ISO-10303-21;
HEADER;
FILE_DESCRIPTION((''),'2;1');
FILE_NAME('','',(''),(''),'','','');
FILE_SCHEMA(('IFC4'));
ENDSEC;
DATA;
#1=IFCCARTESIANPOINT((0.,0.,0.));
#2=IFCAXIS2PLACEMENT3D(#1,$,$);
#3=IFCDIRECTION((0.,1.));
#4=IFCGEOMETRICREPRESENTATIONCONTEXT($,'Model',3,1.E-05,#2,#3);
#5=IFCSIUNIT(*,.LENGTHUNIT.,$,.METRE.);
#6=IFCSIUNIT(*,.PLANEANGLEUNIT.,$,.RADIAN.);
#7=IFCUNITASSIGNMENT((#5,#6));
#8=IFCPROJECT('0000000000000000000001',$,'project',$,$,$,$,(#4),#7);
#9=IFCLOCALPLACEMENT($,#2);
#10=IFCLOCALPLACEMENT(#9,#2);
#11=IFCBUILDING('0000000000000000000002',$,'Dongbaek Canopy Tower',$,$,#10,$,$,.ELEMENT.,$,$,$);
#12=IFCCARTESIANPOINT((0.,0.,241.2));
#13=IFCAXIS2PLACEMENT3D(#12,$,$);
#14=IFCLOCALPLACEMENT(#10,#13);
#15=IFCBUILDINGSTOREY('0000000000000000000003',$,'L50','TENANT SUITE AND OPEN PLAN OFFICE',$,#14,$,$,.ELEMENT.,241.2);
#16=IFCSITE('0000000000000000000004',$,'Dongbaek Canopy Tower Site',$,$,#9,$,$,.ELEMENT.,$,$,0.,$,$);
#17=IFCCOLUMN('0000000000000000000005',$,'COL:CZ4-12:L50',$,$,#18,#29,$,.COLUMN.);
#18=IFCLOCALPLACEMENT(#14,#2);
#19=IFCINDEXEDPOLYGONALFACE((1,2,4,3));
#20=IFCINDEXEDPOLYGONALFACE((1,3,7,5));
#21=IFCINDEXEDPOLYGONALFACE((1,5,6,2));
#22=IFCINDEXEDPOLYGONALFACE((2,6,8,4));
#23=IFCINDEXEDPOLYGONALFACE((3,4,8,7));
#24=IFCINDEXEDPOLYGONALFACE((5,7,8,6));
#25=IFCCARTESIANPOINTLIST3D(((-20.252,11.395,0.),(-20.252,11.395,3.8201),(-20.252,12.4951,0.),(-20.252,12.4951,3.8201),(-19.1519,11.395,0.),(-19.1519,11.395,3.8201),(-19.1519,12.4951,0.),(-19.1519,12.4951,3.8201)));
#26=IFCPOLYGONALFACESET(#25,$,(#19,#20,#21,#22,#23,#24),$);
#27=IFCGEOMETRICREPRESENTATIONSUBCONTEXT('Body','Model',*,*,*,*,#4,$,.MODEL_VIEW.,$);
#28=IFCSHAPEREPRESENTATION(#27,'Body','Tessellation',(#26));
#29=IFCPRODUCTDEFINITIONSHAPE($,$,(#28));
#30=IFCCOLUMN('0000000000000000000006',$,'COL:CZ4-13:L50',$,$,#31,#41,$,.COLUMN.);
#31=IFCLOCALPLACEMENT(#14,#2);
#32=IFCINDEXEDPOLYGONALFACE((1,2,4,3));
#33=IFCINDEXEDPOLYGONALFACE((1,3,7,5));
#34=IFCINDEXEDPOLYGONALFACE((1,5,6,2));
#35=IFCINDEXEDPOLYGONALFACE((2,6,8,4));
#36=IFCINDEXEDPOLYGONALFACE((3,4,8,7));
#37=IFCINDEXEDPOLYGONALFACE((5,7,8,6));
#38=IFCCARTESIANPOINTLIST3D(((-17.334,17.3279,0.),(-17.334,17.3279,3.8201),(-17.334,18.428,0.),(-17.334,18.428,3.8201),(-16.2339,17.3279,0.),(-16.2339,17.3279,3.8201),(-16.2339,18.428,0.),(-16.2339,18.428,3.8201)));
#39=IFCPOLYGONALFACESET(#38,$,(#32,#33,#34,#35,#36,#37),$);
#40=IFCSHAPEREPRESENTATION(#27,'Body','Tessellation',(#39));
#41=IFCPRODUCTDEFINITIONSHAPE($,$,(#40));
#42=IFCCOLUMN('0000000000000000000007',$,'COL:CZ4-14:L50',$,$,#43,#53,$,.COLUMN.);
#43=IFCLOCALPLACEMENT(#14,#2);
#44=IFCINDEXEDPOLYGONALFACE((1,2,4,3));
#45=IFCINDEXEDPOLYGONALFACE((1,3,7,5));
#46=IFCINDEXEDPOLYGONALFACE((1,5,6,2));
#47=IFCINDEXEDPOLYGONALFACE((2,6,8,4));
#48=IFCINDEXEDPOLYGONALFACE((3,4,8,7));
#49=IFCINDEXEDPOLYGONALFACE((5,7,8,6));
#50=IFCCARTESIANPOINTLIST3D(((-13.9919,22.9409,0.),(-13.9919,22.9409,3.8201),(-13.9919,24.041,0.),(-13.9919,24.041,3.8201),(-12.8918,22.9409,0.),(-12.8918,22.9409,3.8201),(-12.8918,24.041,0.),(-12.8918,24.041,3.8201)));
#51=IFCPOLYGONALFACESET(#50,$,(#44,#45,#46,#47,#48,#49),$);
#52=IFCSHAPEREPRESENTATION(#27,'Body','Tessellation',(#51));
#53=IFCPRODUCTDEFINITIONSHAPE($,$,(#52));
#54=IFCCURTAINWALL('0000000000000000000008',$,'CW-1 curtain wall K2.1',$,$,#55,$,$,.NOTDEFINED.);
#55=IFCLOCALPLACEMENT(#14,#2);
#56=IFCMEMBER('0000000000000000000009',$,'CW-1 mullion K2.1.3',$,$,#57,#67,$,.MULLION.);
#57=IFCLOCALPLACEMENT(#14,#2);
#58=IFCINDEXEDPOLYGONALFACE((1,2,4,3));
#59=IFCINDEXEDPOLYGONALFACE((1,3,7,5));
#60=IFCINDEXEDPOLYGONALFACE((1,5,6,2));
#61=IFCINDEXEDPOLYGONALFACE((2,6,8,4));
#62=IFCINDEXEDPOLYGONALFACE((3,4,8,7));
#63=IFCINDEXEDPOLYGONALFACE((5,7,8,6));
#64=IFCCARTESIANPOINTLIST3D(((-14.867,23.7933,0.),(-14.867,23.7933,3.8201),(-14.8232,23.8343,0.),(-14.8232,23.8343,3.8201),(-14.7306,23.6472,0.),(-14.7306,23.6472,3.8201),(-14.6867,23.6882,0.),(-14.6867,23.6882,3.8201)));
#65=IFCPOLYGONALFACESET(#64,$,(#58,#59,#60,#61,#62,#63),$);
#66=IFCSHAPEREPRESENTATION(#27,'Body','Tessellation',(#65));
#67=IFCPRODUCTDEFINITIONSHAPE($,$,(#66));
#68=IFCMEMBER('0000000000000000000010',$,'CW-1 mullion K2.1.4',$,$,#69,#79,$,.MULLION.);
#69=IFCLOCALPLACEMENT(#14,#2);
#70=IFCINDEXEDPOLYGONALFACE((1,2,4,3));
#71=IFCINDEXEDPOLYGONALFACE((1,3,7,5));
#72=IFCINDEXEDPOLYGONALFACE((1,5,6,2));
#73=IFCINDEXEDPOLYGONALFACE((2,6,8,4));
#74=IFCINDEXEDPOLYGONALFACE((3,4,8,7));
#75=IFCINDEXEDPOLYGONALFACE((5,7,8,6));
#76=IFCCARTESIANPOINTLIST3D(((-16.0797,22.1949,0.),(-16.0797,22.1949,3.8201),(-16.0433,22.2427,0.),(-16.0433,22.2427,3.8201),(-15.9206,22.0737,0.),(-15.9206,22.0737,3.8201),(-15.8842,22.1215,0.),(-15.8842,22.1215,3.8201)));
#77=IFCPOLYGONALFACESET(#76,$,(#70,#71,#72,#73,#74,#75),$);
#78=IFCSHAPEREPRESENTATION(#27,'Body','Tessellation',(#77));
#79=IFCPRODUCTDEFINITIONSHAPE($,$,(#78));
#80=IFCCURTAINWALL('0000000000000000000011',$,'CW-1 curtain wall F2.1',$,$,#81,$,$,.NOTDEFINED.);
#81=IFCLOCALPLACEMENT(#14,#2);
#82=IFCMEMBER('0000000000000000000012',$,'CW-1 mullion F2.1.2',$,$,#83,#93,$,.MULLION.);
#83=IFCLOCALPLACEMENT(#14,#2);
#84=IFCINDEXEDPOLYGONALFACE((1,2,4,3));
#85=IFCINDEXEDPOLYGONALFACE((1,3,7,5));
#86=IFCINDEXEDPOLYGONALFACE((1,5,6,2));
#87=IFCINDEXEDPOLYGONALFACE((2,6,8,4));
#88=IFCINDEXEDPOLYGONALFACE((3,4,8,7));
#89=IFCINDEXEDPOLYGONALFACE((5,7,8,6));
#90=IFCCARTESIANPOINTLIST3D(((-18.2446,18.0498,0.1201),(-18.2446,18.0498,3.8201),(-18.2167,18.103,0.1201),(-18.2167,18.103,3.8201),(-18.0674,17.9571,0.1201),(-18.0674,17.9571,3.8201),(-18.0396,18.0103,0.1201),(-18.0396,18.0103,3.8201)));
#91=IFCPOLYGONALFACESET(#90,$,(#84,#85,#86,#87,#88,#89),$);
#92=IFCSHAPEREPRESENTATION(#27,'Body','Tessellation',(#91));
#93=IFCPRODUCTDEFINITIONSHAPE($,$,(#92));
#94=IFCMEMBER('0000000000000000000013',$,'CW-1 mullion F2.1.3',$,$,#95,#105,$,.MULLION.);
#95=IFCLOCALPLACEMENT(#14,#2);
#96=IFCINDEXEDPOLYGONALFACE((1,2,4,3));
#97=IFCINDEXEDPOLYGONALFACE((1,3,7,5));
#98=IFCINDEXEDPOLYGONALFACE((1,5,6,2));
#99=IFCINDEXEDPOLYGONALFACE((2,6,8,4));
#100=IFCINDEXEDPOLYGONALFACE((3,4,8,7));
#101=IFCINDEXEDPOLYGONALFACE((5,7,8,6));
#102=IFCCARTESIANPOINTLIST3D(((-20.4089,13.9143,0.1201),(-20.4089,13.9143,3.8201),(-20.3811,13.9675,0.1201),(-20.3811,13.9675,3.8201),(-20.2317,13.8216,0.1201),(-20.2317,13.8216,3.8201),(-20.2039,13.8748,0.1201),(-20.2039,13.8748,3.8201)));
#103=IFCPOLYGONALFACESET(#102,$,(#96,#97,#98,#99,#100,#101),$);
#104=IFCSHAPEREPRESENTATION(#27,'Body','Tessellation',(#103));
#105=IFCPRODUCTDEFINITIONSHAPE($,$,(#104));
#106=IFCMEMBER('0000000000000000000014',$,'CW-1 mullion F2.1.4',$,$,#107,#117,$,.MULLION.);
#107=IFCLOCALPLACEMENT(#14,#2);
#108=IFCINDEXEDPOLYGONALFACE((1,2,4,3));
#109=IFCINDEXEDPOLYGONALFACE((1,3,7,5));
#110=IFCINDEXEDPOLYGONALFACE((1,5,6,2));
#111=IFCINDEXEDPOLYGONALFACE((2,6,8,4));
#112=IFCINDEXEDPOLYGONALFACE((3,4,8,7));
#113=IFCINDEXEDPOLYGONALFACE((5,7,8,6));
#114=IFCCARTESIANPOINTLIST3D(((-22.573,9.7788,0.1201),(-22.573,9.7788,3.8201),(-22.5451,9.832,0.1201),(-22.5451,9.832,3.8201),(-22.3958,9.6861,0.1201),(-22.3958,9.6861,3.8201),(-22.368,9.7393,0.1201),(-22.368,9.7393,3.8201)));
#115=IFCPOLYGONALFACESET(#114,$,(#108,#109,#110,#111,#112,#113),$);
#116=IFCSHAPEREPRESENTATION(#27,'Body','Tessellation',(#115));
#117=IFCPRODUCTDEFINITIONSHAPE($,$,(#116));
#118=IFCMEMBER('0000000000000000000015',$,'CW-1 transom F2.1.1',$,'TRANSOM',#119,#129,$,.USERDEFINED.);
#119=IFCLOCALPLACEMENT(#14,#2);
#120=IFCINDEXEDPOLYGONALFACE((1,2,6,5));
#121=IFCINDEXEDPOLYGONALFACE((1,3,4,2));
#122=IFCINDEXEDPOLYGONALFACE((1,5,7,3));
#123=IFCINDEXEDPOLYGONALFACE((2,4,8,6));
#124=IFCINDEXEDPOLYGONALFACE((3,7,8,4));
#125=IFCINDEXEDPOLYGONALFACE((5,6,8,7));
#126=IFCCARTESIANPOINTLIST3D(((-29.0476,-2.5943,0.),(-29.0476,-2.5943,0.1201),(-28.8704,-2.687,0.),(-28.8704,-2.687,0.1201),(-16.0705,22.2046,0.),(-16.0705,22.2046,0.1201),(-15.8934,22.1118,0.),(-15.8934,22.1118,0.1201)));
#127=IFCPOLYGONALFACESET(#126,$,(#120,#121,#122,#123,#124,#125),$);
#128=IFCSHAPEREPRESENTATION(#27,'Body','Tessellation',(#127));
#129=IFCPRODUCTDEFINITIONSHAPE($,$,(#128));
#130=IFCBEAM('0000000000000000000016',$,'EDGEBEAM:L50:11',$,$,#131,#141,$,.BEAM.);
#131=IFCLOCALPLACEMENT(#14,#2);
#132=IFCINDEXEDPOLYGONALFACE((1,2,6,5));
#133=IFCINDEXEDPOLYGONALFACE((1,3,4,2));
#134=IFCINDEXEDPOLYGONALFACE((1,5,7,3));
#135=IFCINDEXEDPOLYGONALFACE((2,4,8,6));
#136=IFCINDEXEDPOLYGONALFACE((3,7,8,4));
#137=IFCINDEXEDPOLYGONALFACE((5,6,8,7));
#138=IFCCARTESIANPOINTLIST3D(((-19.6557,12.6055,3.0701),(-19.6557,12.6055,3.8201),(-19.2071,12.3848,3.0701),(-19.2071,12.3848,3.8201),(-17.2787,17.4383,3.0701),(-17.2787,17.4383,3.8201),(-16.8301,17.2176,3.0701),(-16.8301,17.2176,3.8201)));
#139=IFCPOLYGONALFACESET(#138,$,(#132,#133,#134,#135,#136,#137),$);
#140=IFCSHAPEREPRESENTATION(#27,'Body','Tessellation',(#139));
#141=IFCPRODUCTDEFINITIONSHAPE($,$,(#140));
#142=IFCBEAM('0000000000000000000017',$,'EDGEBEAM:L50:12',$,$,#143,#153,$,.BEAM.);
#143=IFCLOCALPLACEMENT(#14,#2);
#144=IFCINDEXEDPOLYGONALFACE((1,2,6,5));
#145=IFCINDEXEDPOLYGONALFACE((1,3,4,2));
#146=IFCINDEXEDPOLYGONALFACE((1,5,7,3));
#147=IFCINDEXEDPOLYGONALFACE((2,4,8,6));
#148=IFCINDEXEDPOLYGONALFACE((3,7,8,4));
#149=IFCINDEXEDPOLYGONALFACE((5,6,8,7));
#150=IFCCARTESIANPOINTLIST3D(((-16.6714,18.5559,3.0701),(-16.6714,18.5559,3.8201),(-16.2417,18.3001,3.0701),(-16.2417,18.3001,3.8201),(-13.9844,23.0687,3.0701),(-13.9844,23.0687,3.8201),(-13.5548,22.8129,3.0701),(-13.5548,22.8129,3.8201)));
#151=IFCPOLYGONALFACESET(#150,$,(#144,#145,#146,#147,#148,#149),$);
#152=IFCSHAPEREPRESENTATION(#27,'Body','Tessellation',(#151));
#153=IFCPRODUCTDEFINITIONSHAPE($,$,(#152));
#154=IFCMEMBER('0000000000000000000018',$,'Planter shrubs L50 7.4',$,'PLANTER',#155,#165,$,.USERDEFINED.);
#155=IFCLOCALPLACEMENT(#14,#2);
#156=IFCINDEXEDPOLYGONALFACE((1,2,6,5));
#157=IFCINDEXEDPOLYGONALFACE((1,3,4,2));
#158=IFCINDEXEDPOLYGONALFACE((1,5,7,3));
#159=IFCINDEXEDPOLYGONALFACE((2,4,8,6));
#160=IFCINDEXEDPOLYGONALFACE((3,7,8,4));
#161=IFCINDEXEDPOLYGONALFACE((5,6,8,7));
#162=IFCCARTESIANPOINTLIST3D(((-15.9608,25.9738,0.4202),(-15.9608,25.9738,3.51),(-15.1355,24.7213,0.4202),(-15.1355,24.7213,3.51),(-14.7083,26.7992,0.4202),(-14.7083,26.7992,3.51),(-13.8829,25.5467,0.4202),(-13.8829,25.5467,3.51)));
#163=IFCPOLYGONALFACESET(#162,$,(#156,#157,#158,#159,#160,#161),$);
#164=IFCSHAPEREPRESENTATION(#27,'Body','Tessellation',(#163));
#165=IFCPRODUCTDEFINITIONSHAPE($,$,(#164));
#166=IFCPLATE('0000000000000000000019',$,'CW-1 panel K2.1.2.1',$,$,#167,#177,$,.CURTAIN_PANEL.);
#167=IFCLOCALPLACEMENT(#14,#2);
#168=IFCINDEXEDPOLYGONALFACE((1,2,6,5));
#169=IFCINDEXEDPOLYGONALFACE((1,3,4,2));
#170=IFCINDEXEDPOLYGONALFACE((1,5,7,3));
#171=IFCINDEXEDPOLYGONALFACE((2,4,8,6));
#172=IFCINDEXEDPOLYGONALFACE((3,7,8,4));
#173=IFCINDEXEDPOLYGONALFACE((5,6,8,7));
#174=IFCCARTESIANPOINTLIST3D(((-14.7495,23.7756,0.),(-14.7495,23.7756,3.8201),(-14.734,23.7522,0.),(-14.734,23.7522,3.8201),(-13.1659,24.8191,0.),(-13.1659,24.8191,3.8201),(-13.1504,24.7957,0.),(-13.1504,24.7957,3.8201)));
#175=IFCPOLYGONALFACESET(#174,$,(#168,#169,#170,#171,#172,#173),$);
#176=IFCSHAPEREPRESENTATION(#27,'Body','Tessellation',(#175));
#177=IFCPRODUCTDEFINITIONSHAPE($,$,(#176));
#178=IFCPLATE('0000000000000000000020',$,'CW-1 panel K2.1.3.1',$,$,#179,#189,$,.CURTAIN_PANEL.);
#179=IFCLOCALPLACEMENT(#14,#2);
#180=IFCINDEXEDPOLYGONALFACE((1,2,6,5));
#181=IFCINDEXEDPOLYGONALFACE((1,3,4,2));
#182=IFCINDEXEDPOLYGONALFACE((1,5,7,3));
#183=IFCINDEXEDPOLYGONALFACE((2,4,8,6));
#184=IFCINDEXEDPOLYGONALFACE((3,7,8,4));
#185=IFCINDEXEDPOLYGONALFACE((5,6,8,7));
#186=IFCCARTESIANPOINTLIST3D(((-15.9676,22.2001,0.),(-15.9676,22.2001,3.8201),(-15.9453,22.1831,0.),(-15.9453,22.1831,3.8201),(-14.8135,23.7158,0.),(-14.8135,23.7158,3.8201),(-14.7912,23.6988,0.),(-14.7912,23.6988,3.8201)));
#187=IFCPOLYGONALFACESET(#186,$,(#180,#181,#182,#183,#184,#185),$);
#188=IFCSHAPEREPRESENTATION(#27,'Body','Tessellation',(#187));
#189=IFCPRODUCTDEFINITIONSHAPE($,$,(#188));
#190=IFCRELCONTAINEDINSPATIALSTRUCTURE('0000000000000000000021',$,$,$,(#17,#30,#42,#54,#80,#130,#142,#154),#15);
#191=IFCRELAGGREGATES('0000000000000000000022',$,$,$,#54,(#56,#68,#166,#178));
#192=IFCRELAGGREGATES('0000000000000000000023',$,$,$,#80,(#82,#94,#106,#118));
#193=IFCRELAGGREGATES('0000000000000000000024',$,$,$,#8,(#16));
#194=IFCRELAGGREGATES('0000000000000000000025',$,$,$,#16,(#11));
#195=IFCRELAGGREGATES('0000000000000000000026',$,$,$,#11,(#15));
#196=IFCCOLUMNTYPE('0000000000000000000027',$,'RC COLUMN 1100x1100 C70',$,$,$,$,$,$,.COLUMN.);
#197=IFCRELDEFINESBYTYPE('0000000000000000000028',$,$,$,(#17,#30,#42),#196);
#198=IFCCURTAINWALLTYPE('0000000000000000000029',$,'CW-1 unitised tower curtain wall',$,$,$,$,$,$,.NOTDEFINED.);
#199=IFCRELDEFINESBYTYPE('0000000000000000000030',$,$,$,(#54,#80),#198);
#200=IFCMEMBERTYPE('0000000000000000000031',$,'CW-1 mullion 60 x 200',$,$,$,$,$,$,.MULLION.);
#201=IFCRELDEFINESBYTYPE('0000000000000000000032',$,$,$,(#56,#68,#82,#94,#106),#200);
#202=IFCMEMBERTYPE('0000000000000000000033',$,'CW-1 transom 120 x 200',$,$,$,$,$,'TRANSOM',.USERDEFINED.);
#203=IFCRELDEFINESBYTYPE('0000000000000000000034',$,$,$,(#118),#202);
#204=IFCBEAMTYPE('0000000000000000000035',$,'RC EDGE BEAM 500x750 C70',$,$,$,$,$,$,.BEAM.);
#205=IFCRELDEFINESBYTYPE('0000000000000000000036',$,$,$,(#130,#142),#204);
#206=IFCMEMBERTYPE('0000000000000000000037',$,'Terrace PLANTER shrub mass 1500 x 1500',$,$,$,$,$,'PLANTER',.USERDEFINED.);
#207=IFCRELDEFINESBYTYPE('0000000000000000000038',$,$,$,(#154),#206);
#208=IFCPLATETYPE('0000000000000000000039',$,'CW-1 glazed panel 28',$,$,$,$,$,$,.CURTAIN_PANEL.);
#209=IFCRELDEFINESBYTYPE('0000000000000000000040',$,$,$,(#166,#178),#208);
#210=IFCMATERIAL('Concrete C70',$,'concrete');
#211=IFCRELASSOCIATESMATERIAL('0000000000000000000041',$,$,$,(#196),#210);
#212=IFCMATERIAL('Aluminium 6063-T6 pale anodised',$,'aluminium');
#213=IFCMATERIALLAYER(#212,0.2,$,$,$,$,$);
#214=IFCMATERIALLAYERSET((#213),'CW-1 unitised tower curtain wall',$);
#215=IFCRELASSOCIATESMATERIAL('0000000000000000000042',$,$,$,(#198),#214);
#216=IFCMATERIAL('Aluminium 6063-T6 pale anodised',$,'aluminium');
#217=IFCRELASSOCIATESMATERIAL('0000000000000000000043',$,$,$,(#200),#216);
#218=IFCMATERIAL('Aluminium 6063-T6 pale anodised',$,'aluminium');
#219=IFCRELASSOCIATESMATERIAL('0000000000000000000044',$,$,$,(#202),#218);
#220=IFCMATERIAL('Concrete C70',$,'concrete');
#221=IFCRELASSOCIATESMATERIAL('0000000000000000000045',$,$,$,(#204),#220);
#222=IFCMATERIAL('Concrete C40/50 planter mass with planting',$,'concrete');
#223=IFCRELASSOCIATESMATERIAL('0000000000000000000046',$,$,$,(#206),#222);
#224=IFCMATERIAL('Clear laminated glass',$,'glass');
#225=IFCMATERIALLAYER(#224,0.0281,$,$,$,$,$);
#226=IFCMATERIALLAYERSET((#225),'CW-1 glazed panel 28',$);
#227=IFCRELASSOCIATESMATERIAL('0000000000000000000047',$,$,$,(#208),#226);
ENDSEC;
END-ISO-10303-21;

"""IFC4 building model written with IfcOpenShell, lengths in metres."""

from ifc_helpers import new_model, si_unit, direction, frame, origin, origin_2d, place, context, subcontext, project, spatial, rectangle, extrude, material, layer, layer_set, material_profile, profile_set, type_object, element, aggregate, save


model = new_model("IFC4")

# Units and contexts
model_context = context("Model", 3, precision=1e-05, world=origin(), true_north=direction((0.0, 1.0)))
body_context = subcontext(model_context, "Body", "Model", "MODEL_VIEW")
ifc_project = project(units=[si_unit("LENGTHUNIT", "METRE"), si_unit("PLANEANGLEUNIT", "RADIAN")], contexts=[model_context])

# Site, building, storey
site_placement = place(None, origin())
site = spatial("IfcSite", under=ifc_project, at=site_placement, Name="Dongbaek Canopy Tower Site", CompositionType="ELEMENT", RefElevation=0.0)
building_placement = place(site_placement, origin())
building = spatial("IfcBuilding", under=site, at=building_placement, Name="Dongbaek Canopy Tower", CompositionType="ELEMENT")
storey_placement = place(building_placement, frame((0.0, 0.0, 241.2)))
storey = spatial("IfcBuildingStorey", under=building, at=storey_placement, Name="L50", Description="TENANT SUITE AND OPEN PLAN OFFICE", CompositionType="ELEMENT", Elevation=241.2)

# Columns
ifc_material_1 = material(Name="Concrete C70", Category="concrete")
ifc_material_profile_1 = material_profile(ifc_material_1, rectangle(XDim=1.1001, YDim=1.1001, at=origin_2d()), Name="RC COLUMN 1100x1100 C70")
ifc_profile_set_1 = profile_set([ifc_material_profile_1], Name="Concrete C70")
column_type = type_object("IfcColumnType", Name="RC COLUMN 1100x1100 C70", PredefinedType="COLUMN", material=ifc_profile_set_1)
for number, where, z_axis, x_axis, name in (
    (1, (-19.7019, 11.9451, 0.0), (0.0, 0.0, 1.0), (1.0, 0.0, 0.0), "COL:CZ4-12:L50"),
    (2, (-16.7839, 17.8779, 0.0), (0.0, 0.0, 1.0), (1.0, 0.0, 0.0), "COL:CZ4-13:L50"),
    (3, (-13.4419, 23.491, 0.0), (0.0, 0.0, 1.0), (1.0, 0.0, 0.0), "COL:CZ4-14:L50"),
):
    element("IfcColumn", number, at=place(storey_placement, frame(where, z_axis=z_axis, x_axis=x_axis)), inside=storey, type_object=column_type, Name=name, PredefinedType="COLUMN", context=body_context, shape_type="SweptSolid", body=[
        extrude(rectangle(XDim=1.1001, YDim=1.1001, at=origin_2d()), origin(), (0.0, 0.0, 1.0), 3.8201),
    ])

# Curtain walls, members
ifc_material_2 = material(Name="Aluminium 6063-T6 pale anodised", Category="aluminium")
ifc_layer_1 = layer(ifc_material_2, 0.2)
ifc_layer_set_1 = layer_set([ifc_layer_1], Name="CW-1 unitised tower curtain wall")
curtain_wall_type = type_object("IfcCurtainWallType", Name="CW-1 unitised tower curtain wall", PredefinedType="NOTDEFINED", material=ifc_layer_set_1)
curtain_wall_1_placement = place(storey_placement, origin())
curtain_wall_1 = element("IfcCurtainWall", 4, at=curtain_wall_1_placement, inside=storey, type_object=curtain_wall_type, Name="CW-1 curtain wall K2.1", PredefinedType="NOTDEFINED")
ifc_material_3 = material(Name="Aluminium 6063-T6 pale anodised", Category="aluminium")
ifc_material_profile_2 = material_profile(ifc_material_3, rectangle(XDim=0.2, YDim=0.0601, at=origin_2d()), Name="CW-1 mullion 60 x 200")
ifc_profile_set_2 = profile_set([ifc_material_profile_2], Name="Aluminium 6063-T6 pale anodised")
member_type_1 = type_object("IfcMemberType", Name="CW-1 mullion 60 x 200", PredefinedType="MULLION", material=ifc_profile_set_2)
member_1_placement = place(storey_placement, frame((-14.7769, 23.7407, 0.0), z_axis=(0.0, 0.0, 1.0), x_axis=(-0.682606, 0.730787, 0.0)))
member_1 = element("IfcMember", 5, at=member_1_placement, type_object=member_type_1, Name="CW-1 mullion K2.1.3", PredefinedType="MULLION", context=body_context, shape_type="SweptSolid", body=[
    extrude(rectangle(XDim=0.2, YDim=0.0601, at=origin_2d()), origin(), (0.0, 0.0, 1.0), 3.8201),
])
member_2_placement = place(storey_placement, frame((-15.9819, 22.1582, 0.0), z_axis=(0.0, 0.0, 1.0), x_axis=(-0.795605, 0.605816, 0.0)))
member_2 = element("IfcMember", 6, at=member_2_placement, type_object=member_type_1, Name="CW-1 mullion K2.1.4", PredefinedType="MULLION", context=body_context, shape_type="SweptSolid", body=[
    extrude(rectangle(XDim=0.2, YDim=0.0601, at=origin_2d()), origin(), (0.0, 0.0, 1.0), 3.8201),
])
curtain_wall_2_placement = place(storey_placement, origin())
curtain_wall_2 = element("IfcCurtainWall", 7, at=curtain_wall_2_placement, inside=storey, type_object=curtain_wall_type, Name="CW-1 curtain wall F2.1", PredefinedType="NOTDEFINED")
member_3_placement = place(storey_placement, frame((-18.1421, 18.03, 0.1201), z_axis=(0.0, 0.0, 1.0), x_axis=(-0.886019, 0.463649, 0.0)))
member_3 = element("IfcMember", 8, at=member_3_placement, type_object=member_type_1, Name="CW-1 mullion F2.1.2", PredefinedType="MULLION", context=body_context, shape_type="SweptSolid", body=[
    extrude(rectangle(XDim=0.2, YDim=0.0601, at=origin_2d()), origin(), (0.0, 0.0, 1.0), 3.7),
])
member_4_placement = place(storey_placement, frame((-20.3064, 13.8945, 0.1201), z_axis=(0.0, 0.0, 1.0), x_axis=(-0.886019, 0.463649, 0.0)))
member_4 = element("IfcMember", 9, at=member_4_placement, type_object=member_type_1, Name="CW-1 mullion F2.1.3", PredefinedType="MULLION", context=body_context, shape_type="SweptSolid", body=[
    extrude(rectangle(XDim=0.2, YDim=0.0601, at=origin_2d()), origin(), (0.0, 0.0, 1.0), 3.7),
])
member_5_placement = place(storey_placement, frame((-22.4705, 9.759, 0.1201), z_axis=(0.0, 0.0, 1.0), x_axis=(-0.886019, 0.463649, 0.0)))
member_5 = element("IfcMember", 10, at=member_5_placement, type_object=member_type_1, Name="CW-1 mullion F2.1.4", PredefinedType="MULLION", context=body_context, shape_type="SweptSolid", body=[
    extrude(rectangle(XDim=0.2, YDim=0.0601, at=origin_2d()), origin(), (0.0, 0.0, 1.0), 3.7),
])
ifc_material_4 = material(Name="Aluminium 6063-T6 pale anodised", Category="aluminium")
ifc_material_profile_3 = material_profile(ifc_material_4, rectangle(XDim=0.2, YDim=0.1201, at=origin_2d()), Name="CW-1 transom 120 x 200")
ifc_profile_set_3 = profile_set([ifc_material_profile_3], Name="Aluminium 6063-T6 pale anodised")
member_type_2 = type_object("IfcMemberType", Name="CW-1 transom 120 x 200", ElementType="TRANSOM", PredefinedType="USERDEFINED", material=ifc_profile_set_3)
member_6_placement = place(storey_placement, frame((-15.9819, 22.1582, 0.0601), z_axis=(-0.463648, -0.88602, 0.0), x_axis=(0.88602, -0.463648, 0.0)))
member_6 = element("IfcMember", 11, at=member_6_placement, type_object=member_type_2, Name="CW-1 transom F2.1.1", ObjectType="TRANSOM", PredefinedType="USERDEFINED", context=body_context, shape_type="SweptSolid", body=[
    extrude(rectangle(XDim=0.2, YDim=0.1201, at=origin_2d()), origin(), (0.0, 0.0, 1.0), 27.989),
])

# Beams
ifc_material_5 = material(Name="Concrete C70", Category="concrete")
ifc_material_profile_4 = material_profile(ifc_material_5, rectangle(XDim=0.5, YDim=0.75, at=origin_2d()), Name="RC EDGE BEAM 500x750 C70")
ifc_profile_set_4 = profile_set([ifc_material_profile_4], Name="Concrete C70")
beam_type = type_object("IfcBeamType", Name="RC EDGE BEAM 500x750 C70", PredefinedType="BEAM", material=ifc_profile_set_4)
beam_1_placement = place(storey_placement, frame((-19.4314, 12.4951, 3.4451), z_axis=(0.441347, 0.897336, 0.0), x_axis=(-0.897336, 0.441347, 0.0)))
element("IfcBeam", 12, at=beam_1_placement, inside=storey, type_object=beam_type, Name="EDGEBEAM:L50:11", PredefinedType="BEAM", context=body_context, shape_type="SweptSolid", body=[
    extrude(rectangle(XDim=0.5, YDim=0.75, at=origin_2d()), origin(), (0.0, 0.0, 1.0), 5.3857),
])
beam_2_placement = place(storey_placement, frame((-16.4565, 18.428, 3.4451), z_axis=(0.511588, 0.859231, 0.0), x_axis=(-0.859231, 0.511588, 0.0)))
element("IfcBeam", 13, at=beam_2_placement, inside=storey, type_object=beam_type, Name="EDGEBEAM:L50:12", PredefinedType="BEAM", context=body_context, shape_type="SweptSolid", body=[
    extrude(rectangle(XDim=0.5, YDim=0.75, at=origin_2d()), origin(), (0.0, 0.0, 1.0), 5.2522),
])

# Member
ifc_material_6 = material(Name="Concrete C40/50 planter mass with planting", Category="concrete")
ifc_material_profile_5 = material_profile(ifc_material_6, rectangle(XDim=1.5, YDim=1.5, at=origin_2d()), Name="Terrace PLANTER shrub mass 1500 x 1500")
ifc_profile_set_5 = profile_set([ifc_material_profile_5], Name="Concrete C40/50 planter mass with planting")
member_type_3 = type_object("IfcMemberType", Name="Terrace PLANTER shrub mass 1500 x 1500", ElementType="PLANTER", PredefinedType="USERDEFINED", material=ifc_profile_set_5)
member_7_placement = place(storey_placement, frame((-14.9219, 25.7603, 0.4202), z_axis=(0.0, 0.0, 1.0), x_axis=(-0.550231, 0.835013, 0.0)))
element("IfcMember", 14, at=member_7_placement, inside=storey, type_object=member_type_3, Name="Planter shrubs L50 7.4", ObjectType="PLANTER", PredefinedType="USERDEFINED", context=body_context, shape_type="SweptSolid", body=[
    extrude(rectangle(XDim=1.5, YDim=1.5, at=origin_2d()), origin(), (0.0, 0.0, 1.0), 3.0898),
])

# Plates
ifc_material_7 = material(Name="Clear laminated glass", Category="glass")
ifc_layer_2 = layer(ifc_material_7, 0.0281)
ifc_layer_set_2 = layer_set([ifc_layer_2], Name="CW-1 glazed panel 28")
plate_type = type_object("IfcPlateType", Name="CW-1 glazed panel 28", PredefinedType="CURTAIN_PANEL", material=ifc_layer_set_2)
plate_1_placement = place(storey_placement, frame((-13.95, 24.2856, 0.0), z_axis=(0.0, 0.0, 1.0), x_axis=(-0.835013, -0.550231, 0.0)))
plate_1 = element("IfcPlate", 15, at=plate_1_placement, type_object=plate_type, Name="CW-1 panel K2.1.2.1", PredefinedType="CURTAIN_PANEL", context=body_context, shape_type="SweptSolid", body=[
    extrude(rectangle(XDim=1.8965, YDim=0.0281, at=origin_2d()), origin(), (0.0, 0.0, 1.0), 3.8201),
])
plate_2_placement = place(storey_placement, frame((-15.3794, 22.9495, 0.0), z_axis=(0.0, 0.0, 1.0), x_axis=(-0.605816, -0.795605, 0.0)))
plate_2 = element("IfcPlate", 16, at=plate_2_placement, type_object=plate_type, Name="CW-1 panel K2.1.3.1", PredefinedType="CURTAIN_PANEL", context=body_context, shape_type="SweptSolid", body=[
    extrude(rectangle(XDim=1.905, YDim=0.0281, at=origin_2d()), origin(), (0.0, 0.0, 1.0), 3.8201),
])
aggregate(curtain_wall_1, [member_1, member_2, plate_1, plate_2])

aggregate(curtain_wall_2, [member_3, member_4, member_5, member_6])

save(model, "model.ifc")
